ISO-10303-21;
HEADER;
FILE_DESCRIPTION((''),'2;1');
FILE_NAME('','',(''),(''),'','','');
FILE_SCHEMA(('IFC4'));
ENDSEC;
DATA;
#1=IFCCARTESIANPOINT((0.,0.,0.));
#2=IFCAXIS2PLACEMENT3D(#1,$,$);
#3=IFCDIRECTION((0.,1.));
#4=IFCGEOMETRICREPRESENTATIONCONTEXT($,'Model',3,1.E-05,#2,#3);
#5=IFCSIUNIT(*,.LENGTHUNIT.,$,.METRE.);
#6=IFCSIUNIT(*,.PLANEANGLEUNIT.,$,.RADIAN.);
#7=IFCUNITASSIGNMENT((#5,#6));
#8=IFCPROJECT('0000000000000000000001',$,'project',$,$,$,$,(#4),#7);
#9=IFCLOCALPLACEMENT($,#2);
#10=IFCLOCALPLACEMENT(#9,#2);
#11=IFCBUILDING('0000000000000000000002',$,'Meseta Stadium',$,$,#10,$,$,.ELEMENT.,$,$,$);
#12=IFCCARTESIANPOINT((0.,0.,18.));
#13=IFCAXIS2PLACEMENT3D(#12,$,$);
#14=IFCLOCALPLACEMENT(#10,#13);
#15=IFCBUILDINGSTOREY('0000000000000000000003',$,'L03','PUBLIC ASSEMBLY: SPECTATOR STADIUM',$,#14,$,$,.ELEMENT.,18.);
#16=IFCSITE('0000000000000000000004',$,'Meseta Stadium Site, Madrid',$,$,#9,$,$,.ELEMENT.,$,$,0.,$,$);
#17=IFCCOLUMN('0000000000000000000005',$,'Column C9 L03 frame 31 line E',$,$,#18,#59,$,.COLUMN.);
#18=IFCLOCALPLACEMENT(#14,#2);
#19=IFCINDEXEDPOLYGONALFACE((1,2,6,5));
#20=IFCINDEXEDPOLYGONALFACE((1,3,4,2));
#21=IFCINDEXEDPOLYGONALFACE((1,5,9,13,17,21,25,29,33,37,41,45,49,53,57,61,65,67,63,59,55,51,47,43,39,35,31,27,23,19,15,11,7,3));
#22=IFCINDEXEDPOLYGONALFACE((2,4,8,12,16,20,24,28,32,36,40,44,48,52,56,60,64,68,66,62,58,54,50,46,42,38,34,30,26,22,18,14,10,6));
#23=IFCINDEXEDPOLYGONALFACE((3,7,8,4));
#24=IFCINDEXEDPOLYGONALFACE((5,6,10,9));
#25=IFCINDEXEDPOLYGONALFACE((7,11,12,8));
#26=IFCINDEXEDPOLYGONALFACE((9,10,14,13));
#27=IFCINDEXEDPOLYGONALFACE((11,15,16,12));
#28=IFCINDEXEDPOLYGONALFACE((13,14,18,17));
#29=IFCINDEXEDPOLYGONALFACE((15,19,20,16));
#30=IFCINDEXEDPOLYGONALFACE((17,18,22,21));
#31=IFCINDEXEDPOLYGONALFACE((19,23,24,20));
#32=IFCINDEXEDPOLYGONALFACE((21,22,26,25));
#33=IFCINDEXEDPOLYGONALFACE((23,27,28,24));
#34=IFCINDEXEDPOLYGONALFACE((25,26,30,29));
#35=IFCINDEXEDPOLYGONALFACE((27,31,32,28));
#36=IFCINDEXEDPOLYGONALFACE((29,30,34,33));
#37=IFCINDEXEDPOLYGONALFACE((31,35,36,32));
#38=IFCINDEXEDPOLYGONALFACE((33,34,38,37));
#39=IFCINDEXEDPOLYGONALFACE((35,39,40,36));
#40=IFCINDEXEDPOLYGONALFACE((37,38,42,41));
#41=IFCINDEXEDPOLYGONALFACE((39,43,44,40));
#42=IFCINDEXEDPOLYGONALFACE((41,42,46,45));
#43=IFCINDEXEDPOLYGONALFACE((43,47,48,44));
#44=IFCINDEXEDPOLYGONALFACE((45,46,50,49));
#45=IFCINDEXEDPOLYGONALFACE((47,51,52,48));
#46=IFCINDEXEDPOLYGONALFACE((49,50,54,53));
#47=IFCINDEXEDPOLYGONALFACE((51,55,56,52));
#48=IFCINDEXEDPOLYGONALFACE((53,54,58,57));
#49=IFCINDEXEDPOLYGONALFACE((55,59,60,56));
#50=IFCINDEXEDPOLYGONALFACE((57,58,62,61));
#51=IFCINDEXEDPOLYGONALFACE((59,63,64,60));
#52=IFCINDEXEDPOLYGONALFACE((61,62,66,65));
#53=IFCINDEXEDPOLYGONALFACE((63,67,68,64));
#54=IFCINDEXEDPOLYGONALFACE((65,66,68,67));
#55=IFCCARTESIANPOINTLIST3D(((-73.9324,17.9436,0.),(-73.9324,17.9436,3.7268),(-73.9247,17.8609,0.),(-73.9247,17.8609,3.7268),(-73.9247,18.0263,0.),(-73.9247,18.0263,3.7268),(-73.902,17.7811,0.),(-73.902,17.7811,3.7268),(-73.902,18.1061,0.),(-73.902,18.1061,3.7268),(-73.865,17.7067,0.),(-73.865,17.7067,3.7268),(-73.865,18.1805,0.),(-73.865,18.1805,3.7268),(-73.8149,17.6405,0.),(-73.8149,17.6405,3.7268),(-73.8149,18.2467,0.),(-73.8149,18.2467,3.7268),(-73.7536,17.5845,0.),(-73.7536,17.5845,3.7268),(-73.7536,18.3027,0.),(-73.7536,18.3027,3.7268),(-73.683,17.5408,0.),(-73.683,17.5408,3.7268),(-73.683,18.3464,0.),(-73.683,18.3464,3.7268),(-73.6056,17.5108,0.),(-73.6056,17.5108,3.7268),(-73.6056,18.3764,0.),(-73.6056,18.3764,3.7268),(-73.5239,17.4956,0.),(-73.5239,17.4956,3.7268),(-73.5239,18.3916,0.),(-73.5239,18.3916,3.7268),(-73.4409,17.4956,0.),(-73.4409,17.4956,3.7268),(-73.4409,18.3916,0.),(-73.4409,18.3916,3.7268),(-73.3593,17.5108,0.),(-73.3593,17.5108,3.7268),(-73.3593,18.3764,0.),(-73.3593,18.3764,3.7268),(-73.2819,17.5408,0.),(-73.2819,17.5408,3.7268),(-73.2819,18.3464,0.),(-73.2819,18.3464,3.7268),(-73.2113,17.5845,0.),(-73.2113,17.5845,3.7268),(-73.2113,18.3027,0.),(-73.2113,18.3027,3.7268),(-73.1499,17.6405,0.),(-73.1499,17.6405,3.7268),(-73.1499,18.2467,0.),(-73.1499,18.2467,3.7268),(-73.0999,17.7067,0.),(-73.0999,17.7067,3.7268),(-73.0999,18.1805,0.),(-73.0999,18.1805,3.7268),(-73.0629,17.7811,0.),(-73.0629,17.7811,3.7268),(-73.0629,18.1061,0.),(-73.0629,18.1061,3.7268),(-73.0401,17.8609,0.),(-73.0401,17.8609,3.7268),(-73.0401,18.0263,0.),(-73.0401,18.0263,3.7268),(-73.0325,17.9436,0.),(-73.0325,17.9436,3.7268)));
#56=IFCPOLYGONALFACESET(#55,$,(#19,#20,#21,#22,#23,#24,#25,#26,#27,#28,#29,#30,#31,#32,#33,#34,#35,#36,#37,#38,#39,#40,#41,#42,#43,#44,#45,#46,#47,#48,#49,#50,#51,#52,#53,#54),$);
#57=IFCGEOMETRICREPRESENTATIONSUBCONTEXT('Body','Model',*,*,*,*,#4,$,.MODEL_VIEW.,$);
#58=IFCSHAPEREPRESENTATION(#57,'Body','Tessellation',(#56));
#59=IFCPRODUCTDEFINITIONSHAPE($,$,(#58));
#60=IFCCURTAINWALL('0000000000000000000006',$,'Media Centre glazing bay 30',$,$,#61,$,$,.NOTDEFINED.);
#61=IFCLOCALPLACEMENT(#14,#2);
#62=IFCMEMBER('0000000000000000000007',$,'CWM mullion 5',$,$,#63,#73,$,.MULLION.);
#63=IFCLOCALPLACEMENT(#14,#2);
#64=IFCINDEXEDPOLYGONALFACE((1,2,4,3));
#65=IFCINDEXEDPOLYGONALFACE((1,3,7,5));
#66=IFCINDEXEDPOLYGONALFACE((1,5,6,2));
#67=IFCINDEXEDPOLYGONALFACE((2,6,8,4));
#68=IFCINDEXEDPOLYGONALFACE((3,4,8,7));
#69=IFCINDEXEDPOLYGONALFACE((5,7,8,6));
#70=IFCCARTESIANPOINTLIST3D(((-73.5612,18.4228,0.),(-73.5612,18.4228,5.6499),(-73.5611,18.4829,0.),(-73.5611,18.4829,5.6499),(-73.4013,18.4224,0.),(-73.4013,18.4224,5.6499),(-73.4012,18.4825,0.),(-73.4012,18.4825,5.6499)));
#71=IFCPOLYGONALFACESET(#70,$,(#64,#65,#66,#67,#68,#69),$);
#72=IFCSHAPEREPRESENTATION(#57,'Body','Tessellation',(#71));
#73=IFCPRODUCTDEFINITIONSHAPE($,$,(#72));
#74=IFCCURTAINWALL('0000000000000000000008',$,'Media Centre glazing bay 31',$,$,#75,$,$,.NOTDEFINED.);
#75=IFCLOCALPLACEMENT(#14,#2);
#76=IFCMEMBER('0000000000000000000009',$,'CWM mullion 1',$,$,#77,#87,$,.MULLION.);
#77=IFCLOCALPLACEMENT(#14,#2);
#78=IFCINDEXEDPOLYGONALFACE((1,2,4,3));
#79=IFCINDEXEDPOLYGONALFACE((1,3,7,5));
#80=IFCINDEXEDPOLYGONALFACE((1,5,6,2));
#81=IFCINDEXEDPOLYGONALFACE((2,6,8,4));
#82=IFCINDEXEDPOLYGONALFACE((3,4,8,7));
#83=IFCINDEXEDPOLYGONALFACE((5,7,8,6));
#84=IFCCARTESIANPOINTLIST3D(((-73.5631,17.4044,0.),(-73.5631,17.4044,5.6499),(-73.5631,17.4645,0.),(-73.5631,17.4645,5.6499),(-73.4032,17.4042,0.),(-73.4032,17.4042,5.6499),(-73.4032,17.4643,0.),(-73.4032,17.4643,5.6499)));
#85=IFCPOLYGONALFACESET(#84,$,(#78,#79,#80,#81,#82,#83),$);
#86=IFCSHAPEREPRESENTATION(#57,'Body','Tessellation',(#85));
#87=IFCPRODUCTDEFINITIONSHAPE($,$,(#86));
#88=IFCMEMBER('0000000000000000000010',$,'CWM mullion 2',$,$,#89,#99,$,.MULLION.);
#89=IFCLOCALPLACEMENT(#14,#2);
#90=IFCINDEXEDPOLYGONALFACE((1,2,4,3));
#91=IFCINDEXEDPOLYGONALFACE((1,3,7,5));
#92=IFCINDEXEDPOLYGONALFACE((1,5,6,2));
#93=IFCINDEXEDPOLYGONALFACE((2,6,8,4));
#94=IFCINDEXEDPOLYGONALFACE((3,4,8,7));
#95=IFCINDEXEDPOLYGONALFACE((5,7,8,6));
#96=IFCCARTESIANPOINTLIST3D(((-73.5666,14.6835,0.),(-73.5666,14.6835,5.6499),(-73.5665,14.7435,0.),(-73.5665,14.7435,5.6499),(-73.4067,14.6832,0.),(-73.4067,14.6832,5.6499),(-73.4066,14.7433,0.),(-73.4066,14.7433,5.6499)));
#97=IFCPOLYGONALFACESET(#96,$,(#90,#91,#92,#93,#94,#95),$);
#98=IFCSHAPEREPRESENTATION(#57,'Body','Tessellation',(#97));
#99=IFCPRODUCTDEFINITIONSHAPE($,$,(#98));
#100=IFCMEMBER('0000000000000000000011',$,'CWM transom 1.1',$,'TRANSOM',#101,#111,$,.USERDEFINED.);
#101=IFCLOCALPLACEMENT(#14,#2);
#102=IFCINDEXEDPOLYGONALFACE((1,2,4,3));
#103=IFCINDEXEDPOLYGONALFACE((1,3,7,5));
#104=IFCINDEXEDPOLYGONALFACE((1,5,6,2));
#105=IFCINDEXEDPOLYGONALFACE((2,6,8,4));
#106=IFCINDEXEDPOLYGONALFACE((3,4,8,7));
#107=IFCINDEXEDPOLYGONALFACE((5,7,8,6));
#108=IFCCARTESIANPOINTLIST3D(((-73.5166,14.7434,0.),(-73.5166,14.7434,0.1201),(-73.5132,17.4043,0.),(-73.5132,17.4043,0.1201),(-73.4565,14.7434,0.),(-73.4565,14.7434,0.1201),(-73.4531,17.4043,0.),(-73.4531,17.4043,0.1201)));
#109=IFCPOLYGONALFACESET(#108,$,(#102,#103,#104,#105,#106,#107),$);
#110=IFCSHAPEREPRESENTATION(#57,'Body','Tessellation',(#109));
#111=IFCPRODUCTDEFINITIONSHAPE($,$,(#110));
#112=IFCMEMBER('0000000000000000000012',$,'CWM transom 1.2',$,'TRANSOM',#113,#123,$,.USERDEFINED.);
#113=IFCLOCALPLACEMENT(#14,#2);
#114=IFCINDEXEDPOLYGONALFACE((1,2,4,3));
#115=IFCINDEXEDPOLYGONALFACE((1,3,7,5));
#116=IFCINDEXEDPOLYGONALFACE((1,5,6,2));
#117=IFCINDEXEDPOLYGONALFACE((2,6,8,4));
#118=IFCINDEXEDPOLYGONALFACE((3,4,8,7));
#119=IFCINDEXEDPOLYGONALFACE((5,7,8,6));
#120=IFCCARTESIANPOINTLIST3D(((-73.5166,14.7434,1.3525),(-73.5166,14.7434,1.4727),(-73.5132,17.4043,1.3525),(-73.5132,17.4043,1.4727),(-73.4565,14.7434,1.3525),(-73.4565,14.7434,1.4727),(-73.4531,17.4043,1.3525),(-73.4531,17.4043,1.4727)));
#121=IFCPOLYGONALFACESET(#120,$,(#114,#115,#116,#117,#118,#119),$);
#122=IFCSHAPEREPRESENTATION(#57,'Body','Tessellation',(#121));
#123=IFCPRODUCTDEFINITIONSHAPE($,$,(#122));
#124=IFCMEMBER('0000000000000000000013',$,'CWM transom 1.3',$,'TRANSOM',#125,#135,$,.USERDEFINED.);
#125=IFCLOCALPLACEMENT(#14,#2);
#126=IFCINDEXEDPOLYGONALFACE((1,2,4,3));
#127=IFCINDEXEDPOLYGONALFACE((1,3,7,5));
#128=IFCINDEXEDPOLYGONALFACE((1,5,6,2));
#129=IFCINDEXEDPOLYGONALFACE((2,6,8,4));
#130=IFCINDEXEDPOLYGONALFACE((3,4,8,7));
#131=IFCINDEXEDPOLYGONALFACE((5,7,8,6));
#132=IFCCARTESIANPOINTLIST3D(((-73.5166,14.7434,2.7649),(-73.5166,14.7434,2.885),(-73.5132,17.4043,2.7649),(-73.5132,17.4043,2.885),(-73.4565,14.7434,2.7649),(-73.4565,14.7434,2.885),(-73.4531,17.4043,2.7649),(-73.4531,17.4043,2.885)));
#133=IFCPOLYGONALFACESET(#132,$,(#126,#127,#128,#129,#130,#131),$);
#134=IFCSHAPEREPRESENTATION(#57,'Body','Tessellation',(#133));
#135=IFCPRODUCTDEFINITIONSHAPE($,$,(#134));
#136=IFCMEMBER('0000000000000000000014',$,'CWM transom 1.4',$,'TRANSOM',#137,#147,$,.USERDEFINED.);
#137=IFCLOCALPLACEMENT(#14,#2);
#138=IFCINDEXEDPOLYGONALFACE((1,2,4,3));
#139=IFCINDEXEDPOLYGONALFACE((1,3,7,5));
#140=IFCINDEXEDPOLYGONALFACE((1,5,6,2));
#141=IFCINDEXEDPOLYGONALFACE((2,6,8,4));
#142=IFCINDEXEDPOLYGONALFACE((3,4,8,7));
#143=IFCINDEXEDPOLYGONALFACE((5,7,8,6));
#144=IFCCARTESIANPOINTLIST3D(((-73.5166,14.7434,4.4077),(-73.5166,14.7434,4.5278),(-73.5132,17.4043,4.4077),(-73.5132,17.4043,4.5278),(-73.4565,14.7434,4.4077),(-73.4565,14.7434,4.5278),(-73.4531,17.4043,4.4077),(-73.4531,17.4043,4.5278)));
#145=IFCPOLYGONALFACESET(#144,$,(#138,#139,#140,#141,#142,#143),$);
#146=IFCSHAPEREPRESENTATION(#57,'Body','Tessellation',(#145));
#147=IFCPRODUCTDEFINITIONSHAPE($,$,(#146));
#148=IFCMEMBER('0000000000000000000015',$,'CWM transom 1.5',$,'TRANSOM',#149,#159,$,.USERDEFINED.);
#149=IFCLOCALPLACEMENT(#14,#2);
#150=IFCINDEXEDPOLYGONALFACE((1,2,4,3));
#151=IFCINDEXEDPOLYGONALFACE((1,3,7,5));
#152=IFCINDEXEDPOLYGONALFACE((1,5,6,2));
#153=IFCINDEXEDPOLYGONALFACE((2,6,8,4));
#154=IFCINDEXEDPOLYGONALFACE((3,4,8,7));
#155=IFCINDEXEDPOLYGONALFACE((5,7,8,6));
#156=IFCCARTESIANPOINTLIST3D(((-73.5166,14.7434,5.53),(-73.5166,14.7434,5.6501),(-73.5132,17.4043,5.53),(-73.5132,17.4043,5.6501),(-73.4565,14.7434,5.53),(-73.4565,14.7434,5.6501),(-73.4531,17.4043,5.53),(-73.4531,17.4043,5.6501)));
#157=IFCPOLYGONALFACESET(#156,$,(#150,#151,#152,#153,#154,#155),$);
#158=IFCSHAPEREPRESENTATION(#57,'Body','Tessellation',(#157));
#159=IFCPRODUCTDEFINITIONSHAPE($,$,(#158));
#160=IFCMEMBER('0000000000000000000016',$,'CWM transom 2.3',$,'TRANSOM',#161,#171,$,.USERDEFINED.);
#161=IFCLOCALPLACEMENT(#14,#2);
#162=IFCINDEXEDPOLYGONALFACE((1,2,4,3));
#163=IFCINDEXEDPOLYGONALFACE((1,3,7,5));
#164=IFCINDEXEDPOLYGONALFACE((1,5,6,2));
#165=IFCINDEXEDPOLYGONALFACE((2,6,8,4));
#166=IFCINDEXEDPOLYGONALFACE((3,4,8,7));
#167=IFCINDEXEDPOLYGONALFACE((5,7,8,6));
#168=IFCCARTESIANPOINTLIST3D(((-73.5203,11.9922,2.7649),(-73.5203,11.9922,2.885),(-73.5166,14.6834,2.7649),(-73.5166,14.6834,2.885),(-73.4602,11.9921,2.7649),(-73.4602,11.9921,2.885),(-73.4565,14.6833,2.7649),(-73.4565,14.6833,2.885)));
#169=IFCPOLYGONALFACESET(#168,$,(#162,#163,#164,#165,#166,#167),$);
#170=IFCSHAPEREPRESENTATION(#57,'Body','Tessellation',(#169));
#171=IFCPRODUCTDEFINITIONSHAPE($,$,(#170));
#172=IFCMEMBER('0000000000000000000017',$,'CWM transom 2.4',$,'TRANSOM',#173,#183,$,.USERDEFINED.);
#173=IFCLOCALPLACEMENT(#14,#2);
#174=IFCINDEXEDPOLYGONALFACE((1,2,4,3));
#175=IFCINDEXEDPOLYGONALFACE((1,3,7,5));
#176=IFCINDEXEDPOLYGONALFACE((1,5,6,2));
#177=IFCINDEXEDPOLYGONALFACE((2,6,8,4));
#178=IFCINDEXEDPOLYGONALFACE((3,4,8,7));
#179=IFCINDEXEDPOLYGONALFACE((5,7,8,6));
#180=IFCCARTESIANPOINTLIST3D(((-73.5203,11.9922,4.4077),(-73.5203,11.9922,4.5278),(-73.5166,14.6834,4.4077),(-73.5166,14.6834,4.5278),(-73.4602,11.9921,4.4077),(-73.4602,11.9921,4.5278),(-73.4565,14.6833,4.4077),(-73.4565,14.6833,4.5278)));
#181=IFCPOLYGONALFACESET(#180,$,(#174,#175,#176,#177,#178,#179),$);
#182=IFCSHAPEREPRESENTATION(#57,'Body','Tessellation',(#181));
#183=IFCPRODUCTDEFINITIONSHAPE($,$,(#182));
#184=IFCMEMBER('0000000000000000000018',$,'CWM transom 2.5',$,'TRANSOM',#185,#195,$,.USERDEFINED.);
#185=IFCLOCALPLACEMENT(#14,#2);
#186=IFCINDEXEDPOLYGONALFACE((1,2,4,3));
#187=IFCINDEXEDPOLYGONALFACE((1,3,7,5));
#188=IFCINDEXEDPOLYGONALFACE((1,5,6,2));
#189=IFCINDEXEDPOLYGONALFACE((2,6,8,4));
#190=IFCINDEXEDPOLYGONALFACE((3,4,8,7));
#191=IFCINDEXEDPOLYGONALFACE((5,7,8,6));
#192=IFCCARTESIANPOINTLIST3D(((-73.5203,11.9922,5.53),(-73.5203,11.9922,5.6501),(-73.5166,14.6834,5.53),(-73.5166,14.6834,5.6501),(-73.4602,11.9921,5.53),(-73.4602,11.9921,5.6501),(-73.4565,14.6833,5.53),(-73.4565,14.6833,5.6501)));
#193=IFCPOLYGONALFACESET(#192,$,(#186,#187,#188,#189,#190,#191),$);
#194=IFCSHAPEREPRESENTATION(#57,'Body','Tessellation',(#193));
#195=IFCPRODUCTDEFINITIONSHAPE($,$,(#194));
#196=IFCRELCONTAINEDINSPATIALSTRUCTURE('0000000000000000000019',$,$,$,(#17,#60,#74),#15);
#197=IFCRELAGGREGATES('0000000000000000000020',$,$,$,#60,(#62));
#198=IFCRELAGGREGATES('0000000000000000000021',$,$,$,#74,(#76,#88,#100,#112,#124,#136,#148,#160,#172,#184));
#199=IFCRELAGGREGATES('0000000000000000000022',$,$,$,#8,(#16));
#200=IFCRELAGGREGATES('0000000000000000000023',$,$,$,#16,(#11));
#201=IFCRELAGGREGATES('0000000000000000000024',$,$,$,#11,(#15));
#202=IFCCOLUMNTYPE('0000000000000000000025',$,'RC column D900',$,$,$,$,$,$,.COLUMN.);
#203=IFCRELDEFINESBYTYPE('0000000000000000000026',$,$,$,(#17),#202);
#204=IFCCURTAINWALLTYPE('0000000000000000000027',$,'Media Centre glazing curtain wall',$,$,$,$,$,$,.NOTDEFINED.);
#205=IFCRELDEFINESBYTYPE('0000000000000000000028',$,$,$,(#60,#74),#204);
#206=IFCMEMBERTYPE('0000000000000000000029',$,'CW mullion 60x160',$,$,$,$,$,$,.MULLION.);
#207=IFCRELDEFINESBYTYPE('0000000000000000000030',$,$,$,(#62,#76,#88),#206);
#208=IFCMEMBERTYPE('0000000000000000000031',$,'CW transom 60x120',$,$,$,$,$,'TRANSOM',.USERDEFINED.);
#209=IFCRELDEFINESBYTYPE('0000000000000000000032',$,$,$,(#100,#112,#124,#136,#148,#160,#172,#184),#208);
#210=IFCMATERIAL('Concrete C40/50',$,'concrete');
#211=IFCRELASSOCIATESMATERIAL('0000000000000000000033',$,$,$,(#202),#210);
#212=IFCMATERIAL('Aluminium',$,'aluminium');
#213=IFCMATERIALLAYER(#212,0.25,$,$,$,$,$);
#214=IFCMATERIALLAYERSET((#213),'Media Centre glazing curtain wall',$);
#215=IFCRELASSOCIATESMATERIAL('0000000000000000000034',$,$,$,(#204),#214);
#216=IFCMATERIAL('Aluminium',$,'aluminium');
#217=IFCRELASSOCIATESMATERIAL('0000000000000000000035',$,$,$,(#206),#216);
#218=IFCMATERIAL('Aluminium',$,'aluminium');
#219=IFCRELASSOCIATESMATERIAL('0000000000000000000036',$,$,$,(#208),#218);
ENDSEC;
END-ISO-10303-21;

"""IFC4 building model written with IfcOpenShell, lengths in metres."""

from ifc_helpers import new_model, si_unit, direction, frame, origin, origin_2d, place, context, subcontext, project, spatial, rectangle, circle, extrude, material, layer, layer_set, material_profile, profile_set, type_object, element, aggregate, save


model = new_model("IFC4")

# Units and contexts
model_context = context("Model", 3, precision=1e-05, world=origin(), true_north=direction((0.0, 1.0)))
body_context = subcontext(model_context, "Body", "Model", "MODEL_VIEW")
ifc_project = project(units=[si_unit("LENGTHUNIT", "METRE"), si_unit("PLANEANGLEUNIT", "RADIAN")], contexts=[model_context])

# Site, building, storey
site_placement = place(None, origin())
site = spatial("IfcSite", under=ifc_project, at=site_placement, Name="Meseta Stadium Site, Madrid", CompositionType="ELEMENT", RefElevation=0.0)
building_placement = place(site_placement, origin())
building = spatial("IfcBuilding", under=site, at=building_placement, Name="Meseta Stadium", CompositionType="ELEMENT")
storey_placement = place(building_placement, frame((0.0, 0.0, 18.0)))
storey = spatial("IfcBuildingStorey", under=building, at=storey_placement, Name="L03", Description="PUBLIC ASSEMBLY: SPECTATOR STADIUM", CompositionType="ELEMENT", Elevation=18.0)

# Column
ifc_material_1 = material(Name="Concrete C40/50", Category="concrete")
ifc_material_profile_1 = material_profile(ifc_material_1, circle(Radius=0.45, at=origin_2d()), Name="RC D900")
ifc_profile_set_1 = profile_set([ifc_material_profile_1], Name="Concrete C40/50")
column_type = type_object("IfcColumnType", Name="RC column D900", PredefinedType="COLUMN", material=ifc_profile_set_1)
column_placement = place(storey_placement, frame((-73.4824, 17.9436, 0.0), z_axis=(0.0, 0.0, 1.0), x_axis=(1.0, 0.0, 0.0)))
element("IfcColumn", 1, at=column_placement, inside=storey, type_object=column_type, Name="Column C9 L03 frame 31 line E", PredefinedType="COLUMN", context=body_context, shape_type="SweptSolid", body=[
    extrude(circle(Radius=0.45, at=origin_2d()), origin(), (0.0, 0.0, 1.0), 3.7268),
])

# Curtain wall, member
ifc_material_2 = material(Name="Aluminium", Category="aluminium")
ifc_layer_1 = layer(ifc_material_2, 0.25)
ifc_layer_set_1 = layer_set([ifc_layer_1], Name="Media Centre glazing curtain wall")
curtain_wall_type = type_object("IfcCurtainWallType", Name="Media Centre glazing curtain wall", PredefinedType="NOTDEFINED", material=ifc_layer_set_1)
curtain_wall_1_placement = place(storey_placement, origin())
curtain_wall_1 = element("IfcCurtainWall", 2, at=curtain_wall_1_placement, inside=storey, type_object=curtain_wall_type, Name="Media Centre glazing bay 30", PredefinedType="NOTDEFINED")
ifc_material_3 = material(Name="Aluminium", Category="aluminium")
ifc_material_profile_2 = material_profile(ifc_material_3, rectangle(XDim=0.1599, YDim=0.0601, at=origin_2d()), Name="CW 160x60")
ifc_profile_set_2 = profile_set([ifc_material_profile_2], Name="Aluminium")
member_type_1 = type_object("IfcMemberType", Name="CW mullion 60x160", PredefinedType="MULLION", material=ifc_profile_set_2)
member_1_placement = place(storey_placement, frame((-73.4812, 18.4526, 0.0), z_axis=(0.0, 0.0, 1.0), x_axis=(0.999997, -0.002606, 0.0)))
member_1 = element("IfcMember", 3, at=member_1_placement, type_object=member_type_1, Name="CWM mullion 5", PredefinedType="MULLION", context=body_context, shape_type="SweptSolid", body=[
    extrude(rectangle(XDim=0.1599, YDim=0.0601, at=origin_2d()), origin(), (0.0, 0.0, 1.0), 5.6499),
])

# Curtain wall, members
curtain_wall_2_placement = place(storey_placement, origin())
curtain_wall_2 = element("IfcCurtainWall", 4, at=curtain_wall_2_placement, inside=storey, type_object=curtain_wall_type, Name="Media Centre glazing bay 31", PredefinedType="NOTDEFINED")
member_2_placement = place(storey_placement, frame((-73.4832, 17.4343, 0.0), z_axis=(0.0, 0.0, 1.0), x_axis=(0.999999, -0.001305, 0.0)))
member_2 = element("IfcMember", 5, at=member_2_placement, type_object=member_type_1, Name="CWM mullion 1", PredefinedType="MULLION", context=body_context, shape_type="SweptSolid", body=[
    extrude(rectangle(XDim=0.1599, YDim=0.0601, at=origin_2d()), origin(), (0.0, 0.0, 1.0), 5.6499),
])
member_3_placement = place(storey_placement, frame((-73.4866, 14.7134, 0.0), z_axis=(0.0, 0.0, 1.0), x_axis=(0.999999, -0.001305, 0.0)))
member_3 = element("IfcMember", 6, at=member_3_placement, type_object=member_type_1, Name="CWM mullion 2", PredefinedType="MULLION", context=body_context, shape_type="SweptSolid", body=[
    extrude(rectangle(XDim=0.1599, YDim=0.0601, at=origin_2d()), origin(), (0.0, 0.0, 1.0), 5.6499),
])
ifc_material_4 = material(Name="Aluminium", Category="aluminium")
ifc_material_profile_3 = material_profile(ifc_material_4, rectangle(XDim=0.0601, YDim=0.1201, at=origin_2d()), Name="CW 60x120")
ifc_profile_set_3 = profile_set([ifc_material_profile_3], Name="Aluminium")
member_type_2 = type_object("IfcMemberType", Name="CW transom 60x120", ElementType="TRANSOM", PredefinedType="USERDEFINED", material=ifc_profile_set_3)
member_4_placement = place(storey_placement, frame((-73.4832, 17.4043, 0.0601), z_axis=(-0.001285, -0.999999, 0.0), x_axis=(0.999999, -0.001285, 0.0)))
member_4 = element("IfcMember", 7, at=member_4_placement, type_object=member_type_2, Name="CWM transom 1.1", ObjectType="TRANSOM", PredefinedType="USERDEFINED", context=body_context, shape_type="SweptSolid", body=[
    extrude(rectangle(XDim=0.0601, YDim=0.1201, at=origin_2d()), origin(), (0.0, 0.0, 1.0), 2.6609),
])
member_5_placement = place(storey_placement, frame((-73.4832, 17.4043, 1.4126), z_axis=(-0.001285, -0.999999, 0.0), x_axis=(0.999999, -0.001285, 0.0)))
member_5 = element("IfcMember", 8, at=member_5_placement, type_object=member_type_2, Name="CWM transom 1.2", ObjectType="TRANSOM", PredefinedType="USERDEFINED", context=body_context, shape_type="SweptSolid", body=[
    extrude(rectangle(XDim=0.0601, YDim=0.1201, at=origin_2d()), origin(), (0.0, 0.0, 1.0), 2.6609),
])
member_6_placement = place(storey_placement, frame((-73.4832, 17.4043, 2.825), z_axis=(-0.001285, -0.999999, 0.0), x_axis=(0.999999, -0.001285, 0.0)))
member_6 = element("IfcMember", 9, at=member_6_placement, type_object=member_type_2, Name="CWM transom 1.3", ObjectType="TRANSOM", PredefinedType="USERDEFINED", context=body_context, shape_type="SweptSolid", body=[
    extrude(rectangle(XDim=0.0601, YDim=0.1201, at=origin_2d()), origin(), (0.0, 0.0, 1.0), 2.6609),
])
member_7_placement = place(storey_placement, frame((-73.4832, 17.4043, 4.4678), z_axis=(-0.001285, -0.999999, 0.0), x_axis=(0.999999, -0.001285, 0.0)))
member_7 = element("IfcMember", 10, at=member_7_placement, type_object=member_type_2, Name="CWM transom 1.4", ObjectType="TRANSOM", PredefinedType="USERDEFINED", context=body_context, shape_type="SweptSolid", body=[
    extrude(rectangle(XDim=0.0601, YDim=0.1201, at=origin_2d()), origin(), (0.0, 0.0, 1.0), 2.6609),
])
member_8_placement = place(storey_placement, frame((-73.4832, 17.4043, 5.5901), z_axis=(-0.001285, -0.999999, 0.0), x_axis=(0.999999, -0.001285, 0.0)))
member_8 = element("IfcMember", 11, at=member_8_placement, type_object=member_type_2, Name="CWM transom 1.5", ObjectType="TRANSOM", PredefinedType="USERDEFINED", context=body_context, shape_type="SweptSolid", body=[
    extrude(rectangle(XDim=0.0601, YDim=0.1201, at=origin_2d()), origin(), (0.0, 0.0, 1.0), 2.6609),
])
member_9_placement = place(storey_placement, frame((-73.4866, 14.6833, 2.825), z_axis=(-0.001361, -0.999999, 0.0), x_axis=(0.999999, -0.001361, 0.0)))
member_9 = element("IfcMember", 12, at=member_9_placement, type_object=member_type_2, Name="CWM transom 2.3", ObjectType="TRANSOM", PredefinedType="USERDEFINED", context=body_context, shape_type="SweptSolid", body=[
    extrude(rectangle(XDim=0.0601, YDim=0.1201, at=origin_2d()), origin(), (0.0, 0.0, 1.0), 2.6912),
])
member_10_placement = place(storey_placement, frame((-73.4866, 14.6833, 4.4678), z_axis=(-0.001361, -0.999999, 0.0), x_axis=(0.999999, -0.001361, 0.0)))
member_10 = element("IfcMember", 13, at=member_10_placement, type_object=member_type_2, Name="CWM transom 2.4", ObjectType="TRANSOM", PredefinedType="USERDEFINED", context=body_context, shape_type="SweptSolid", body=[
    extrude(rectangle(XDim=0.0601, YDim=0.1201, at=origin_2d()), origin(), (0.0, 0.0, 1.0), 2.6912),
])
member_11_placement = place(storey_placement, frame((-73.4866, 14.6833, 5.5901), z_axis=(-0.001361, -0.999999, 0.0), x_axis=(0.999999, -0.001361, 0.0)))
member_11 = element("IfcMember", 14, at=member_11_placement, type_object=member_type_2, Name="CWM transom 2.5", ObjectType="TRANSOM", PredefinedType="USERDEFINED", context=body_context, shape_type="SweptSolid", body=[
    extrude(rectangle(XDim=0.0601, YDim=0.1201, at=origin_2d()), origin(), (0.0, 0.0, 1.0), 2.6912),
])

aggregate(curtain_wall_1, [member_1])
aggregate(curtain_wall_2, [member_2, member_3, member_4, member_5, member_6, member_7, member_8, member_9, member_10, member_11])

save(model, "model.ifc")
